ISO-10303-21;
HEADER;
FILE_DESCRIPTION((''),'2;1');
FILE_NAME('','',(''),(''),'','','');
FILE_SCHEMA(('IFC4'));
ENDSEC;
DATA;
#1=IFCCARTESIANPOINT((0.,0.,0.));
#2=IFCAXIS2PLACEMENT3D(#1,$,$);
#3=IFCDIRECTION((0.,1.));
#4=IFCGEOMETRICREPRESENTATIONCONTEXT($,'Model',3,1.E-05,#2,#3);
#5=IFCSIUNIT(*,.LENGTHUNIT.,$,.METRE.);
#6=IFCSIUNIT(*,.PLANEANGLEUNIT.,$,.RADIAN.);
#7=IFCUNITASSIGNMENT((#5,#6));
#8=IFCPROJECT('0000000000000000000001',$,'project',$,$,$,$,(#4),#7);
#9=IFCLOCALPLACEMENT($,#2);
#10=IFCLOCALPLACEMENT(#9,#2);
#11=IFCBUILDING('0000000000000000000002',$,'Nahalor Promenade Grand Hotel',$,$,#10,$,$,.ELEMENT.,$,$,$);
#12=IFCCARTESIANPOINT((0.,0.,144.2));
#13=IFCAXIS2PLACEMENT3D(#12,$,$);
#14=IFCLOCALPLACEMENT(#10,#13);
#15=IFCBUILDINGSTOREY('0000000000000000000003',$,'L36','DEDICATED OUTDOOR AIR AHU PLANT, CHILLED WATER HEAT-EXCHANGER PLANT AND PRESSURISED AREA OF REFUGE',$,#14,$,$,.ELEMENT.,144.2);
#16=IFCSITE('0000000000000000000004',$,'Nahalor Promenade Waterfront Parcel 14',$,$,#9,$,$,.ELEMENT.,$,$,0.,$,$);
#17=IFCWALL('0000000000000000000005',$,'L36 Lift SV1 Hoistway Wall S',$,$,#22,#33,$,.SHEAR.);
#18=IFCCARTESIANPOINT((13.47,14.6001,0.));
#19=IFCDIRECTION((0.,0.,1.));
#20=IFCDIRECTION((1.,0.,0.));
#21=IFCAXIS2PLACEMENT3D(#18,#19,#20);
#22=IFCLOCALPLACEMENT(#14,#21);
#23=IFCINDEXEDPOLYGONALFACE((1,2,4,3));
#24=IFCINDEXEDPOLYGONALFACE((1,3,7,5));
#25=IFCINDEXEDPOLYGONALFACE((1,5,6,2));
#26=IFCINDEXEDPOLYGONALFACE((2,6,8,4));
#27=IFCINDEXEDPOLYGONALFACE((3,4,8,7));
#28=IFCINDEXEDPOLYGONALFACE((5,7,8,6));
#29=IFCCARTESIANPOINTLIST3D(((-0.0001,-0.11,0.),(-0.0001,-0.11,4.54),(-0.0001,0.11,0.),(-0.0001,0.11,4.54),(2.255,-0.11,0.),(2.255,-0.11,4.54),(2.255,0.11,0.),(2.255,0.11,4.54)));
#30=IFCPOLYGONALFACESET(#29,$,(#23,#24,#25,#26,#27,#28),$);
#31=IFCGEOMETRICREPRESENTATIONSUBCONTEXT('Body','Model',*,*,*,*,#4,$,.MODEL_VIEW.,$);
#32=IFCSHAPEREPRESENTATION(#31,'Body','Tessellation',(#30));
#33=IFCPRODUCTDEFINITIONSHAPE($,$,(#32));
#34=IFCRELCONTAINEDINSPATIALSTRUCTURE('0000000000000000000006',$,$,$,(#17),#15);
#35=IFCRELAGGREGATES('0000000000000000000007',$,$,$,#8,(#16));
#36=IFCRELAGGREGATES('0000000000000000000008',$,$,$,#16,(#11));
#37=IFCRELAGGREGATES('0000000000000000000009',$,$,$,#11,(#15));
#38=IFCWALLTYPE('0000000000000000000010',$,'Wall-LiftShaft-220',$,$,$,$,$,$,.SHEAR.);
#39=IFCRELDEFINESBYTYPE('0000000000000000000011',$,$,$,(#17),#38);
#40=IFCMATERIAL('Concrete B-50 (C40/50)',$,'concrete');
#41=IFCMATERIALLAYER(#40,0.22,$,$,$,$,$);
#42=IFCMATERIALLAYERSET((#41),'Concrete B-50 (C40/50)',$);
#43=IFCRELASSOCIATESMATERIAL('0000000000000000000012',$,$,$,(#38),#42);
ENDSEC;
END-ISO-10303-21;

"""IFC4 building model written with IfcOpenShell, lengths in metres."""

from ifc_helpers import new_model, si_unit, direction, frame, frame_2d, origin, place, context, subcontext, project, spatial, rectangle, extrude, source, transform, mapped, material, layer, layer_set, type_object, element, save


model = new_model("IFC4")

# Units and contexts
model_context = context("Model", 3, precision=1e-05, world=origin(), true_north=direction((0.0, 1.0)))
body_context = subcontext(model_context, "Body", "Model", "MODEL_VIEW")
ifc_project = project(units=[si_unit("LENGTHUNIT", "METRE"), si_unit("PLANEANGLEUNIT", "RADIAN")], contexts=[model_context])

# Site, building, storey
site_placement = place(None, origin())
site = spatial("IfcSite", under=ifc_project, at=site_placement, Name="Nahalor Promenade Waterfront Parcel 14", CompositionType="ELEMENT", RefElevation=0.0)
building_placement = place(site_placement, origin())
building = spatial("IfcBuilding", under=site, at=building_placement, Name="Nahalor Promenade Grand Hotel", CompositionType="ELEMENT")
storey_placement = place(building_placement, frame((0.0, 0.0, 144.2)))
storey = spatial("IfcBuildingStorey", under=building, at=storey_placement, Name="L36", Description="DEDICATED OUTDOOR AIR AHU PLANT, CHILLED WATER HEAT-EXCHANGER PLANT AND PRESSURISED AREA OF REFUGE", CompositionType="ELEMENT", Elevation=144.2)

# Shared definitions
ifc_material_1 = material(Name="Concrete B-50 (C40/50)", Category="concrete")
ifc_layer_1 = layer(ifc_material_1, 0.22)
ifc_layer_set_1 = layer_set([ifc_layer_1], Name="Concrete B-50 (C40/50)")
wall_type_1 = type_object("IfcWallType", Name="Wall-LiftShaft-220", PredefinedType="SHEAR", material=ifc_layer_set_1)

# Wall
shared_shape_1 = source(origin(), body_context, "Body", "SweptSolid", [
    extrude(rectangle(XDim=2.2551, YDim=0.22, at=frame_2d((1.1274, 0.0))), origin(), (0.0, 0.0, 1.0), 4.54),
])
wall_1_placement = place(storey_placement, frame((13.47, 14.6001, 0.0), z_axis=(0.0, 0.0, 1.0), x_axis=(1.0, 0.0, 0.0)))
element("IfcWall", 1, at=wall_1_placement, inside=storey, type_object=wall_type_1, Name="L36 Lift SV1 Hoistway Wall S", PredefinedType="SHEAR", context=body_context, shape_type="MappedRepresentation", body=[
    mapped(shared_shape_1, transform((0.0, 0.0, 0.0), scale=1.0)),
])

save(model, "model.ifc")
